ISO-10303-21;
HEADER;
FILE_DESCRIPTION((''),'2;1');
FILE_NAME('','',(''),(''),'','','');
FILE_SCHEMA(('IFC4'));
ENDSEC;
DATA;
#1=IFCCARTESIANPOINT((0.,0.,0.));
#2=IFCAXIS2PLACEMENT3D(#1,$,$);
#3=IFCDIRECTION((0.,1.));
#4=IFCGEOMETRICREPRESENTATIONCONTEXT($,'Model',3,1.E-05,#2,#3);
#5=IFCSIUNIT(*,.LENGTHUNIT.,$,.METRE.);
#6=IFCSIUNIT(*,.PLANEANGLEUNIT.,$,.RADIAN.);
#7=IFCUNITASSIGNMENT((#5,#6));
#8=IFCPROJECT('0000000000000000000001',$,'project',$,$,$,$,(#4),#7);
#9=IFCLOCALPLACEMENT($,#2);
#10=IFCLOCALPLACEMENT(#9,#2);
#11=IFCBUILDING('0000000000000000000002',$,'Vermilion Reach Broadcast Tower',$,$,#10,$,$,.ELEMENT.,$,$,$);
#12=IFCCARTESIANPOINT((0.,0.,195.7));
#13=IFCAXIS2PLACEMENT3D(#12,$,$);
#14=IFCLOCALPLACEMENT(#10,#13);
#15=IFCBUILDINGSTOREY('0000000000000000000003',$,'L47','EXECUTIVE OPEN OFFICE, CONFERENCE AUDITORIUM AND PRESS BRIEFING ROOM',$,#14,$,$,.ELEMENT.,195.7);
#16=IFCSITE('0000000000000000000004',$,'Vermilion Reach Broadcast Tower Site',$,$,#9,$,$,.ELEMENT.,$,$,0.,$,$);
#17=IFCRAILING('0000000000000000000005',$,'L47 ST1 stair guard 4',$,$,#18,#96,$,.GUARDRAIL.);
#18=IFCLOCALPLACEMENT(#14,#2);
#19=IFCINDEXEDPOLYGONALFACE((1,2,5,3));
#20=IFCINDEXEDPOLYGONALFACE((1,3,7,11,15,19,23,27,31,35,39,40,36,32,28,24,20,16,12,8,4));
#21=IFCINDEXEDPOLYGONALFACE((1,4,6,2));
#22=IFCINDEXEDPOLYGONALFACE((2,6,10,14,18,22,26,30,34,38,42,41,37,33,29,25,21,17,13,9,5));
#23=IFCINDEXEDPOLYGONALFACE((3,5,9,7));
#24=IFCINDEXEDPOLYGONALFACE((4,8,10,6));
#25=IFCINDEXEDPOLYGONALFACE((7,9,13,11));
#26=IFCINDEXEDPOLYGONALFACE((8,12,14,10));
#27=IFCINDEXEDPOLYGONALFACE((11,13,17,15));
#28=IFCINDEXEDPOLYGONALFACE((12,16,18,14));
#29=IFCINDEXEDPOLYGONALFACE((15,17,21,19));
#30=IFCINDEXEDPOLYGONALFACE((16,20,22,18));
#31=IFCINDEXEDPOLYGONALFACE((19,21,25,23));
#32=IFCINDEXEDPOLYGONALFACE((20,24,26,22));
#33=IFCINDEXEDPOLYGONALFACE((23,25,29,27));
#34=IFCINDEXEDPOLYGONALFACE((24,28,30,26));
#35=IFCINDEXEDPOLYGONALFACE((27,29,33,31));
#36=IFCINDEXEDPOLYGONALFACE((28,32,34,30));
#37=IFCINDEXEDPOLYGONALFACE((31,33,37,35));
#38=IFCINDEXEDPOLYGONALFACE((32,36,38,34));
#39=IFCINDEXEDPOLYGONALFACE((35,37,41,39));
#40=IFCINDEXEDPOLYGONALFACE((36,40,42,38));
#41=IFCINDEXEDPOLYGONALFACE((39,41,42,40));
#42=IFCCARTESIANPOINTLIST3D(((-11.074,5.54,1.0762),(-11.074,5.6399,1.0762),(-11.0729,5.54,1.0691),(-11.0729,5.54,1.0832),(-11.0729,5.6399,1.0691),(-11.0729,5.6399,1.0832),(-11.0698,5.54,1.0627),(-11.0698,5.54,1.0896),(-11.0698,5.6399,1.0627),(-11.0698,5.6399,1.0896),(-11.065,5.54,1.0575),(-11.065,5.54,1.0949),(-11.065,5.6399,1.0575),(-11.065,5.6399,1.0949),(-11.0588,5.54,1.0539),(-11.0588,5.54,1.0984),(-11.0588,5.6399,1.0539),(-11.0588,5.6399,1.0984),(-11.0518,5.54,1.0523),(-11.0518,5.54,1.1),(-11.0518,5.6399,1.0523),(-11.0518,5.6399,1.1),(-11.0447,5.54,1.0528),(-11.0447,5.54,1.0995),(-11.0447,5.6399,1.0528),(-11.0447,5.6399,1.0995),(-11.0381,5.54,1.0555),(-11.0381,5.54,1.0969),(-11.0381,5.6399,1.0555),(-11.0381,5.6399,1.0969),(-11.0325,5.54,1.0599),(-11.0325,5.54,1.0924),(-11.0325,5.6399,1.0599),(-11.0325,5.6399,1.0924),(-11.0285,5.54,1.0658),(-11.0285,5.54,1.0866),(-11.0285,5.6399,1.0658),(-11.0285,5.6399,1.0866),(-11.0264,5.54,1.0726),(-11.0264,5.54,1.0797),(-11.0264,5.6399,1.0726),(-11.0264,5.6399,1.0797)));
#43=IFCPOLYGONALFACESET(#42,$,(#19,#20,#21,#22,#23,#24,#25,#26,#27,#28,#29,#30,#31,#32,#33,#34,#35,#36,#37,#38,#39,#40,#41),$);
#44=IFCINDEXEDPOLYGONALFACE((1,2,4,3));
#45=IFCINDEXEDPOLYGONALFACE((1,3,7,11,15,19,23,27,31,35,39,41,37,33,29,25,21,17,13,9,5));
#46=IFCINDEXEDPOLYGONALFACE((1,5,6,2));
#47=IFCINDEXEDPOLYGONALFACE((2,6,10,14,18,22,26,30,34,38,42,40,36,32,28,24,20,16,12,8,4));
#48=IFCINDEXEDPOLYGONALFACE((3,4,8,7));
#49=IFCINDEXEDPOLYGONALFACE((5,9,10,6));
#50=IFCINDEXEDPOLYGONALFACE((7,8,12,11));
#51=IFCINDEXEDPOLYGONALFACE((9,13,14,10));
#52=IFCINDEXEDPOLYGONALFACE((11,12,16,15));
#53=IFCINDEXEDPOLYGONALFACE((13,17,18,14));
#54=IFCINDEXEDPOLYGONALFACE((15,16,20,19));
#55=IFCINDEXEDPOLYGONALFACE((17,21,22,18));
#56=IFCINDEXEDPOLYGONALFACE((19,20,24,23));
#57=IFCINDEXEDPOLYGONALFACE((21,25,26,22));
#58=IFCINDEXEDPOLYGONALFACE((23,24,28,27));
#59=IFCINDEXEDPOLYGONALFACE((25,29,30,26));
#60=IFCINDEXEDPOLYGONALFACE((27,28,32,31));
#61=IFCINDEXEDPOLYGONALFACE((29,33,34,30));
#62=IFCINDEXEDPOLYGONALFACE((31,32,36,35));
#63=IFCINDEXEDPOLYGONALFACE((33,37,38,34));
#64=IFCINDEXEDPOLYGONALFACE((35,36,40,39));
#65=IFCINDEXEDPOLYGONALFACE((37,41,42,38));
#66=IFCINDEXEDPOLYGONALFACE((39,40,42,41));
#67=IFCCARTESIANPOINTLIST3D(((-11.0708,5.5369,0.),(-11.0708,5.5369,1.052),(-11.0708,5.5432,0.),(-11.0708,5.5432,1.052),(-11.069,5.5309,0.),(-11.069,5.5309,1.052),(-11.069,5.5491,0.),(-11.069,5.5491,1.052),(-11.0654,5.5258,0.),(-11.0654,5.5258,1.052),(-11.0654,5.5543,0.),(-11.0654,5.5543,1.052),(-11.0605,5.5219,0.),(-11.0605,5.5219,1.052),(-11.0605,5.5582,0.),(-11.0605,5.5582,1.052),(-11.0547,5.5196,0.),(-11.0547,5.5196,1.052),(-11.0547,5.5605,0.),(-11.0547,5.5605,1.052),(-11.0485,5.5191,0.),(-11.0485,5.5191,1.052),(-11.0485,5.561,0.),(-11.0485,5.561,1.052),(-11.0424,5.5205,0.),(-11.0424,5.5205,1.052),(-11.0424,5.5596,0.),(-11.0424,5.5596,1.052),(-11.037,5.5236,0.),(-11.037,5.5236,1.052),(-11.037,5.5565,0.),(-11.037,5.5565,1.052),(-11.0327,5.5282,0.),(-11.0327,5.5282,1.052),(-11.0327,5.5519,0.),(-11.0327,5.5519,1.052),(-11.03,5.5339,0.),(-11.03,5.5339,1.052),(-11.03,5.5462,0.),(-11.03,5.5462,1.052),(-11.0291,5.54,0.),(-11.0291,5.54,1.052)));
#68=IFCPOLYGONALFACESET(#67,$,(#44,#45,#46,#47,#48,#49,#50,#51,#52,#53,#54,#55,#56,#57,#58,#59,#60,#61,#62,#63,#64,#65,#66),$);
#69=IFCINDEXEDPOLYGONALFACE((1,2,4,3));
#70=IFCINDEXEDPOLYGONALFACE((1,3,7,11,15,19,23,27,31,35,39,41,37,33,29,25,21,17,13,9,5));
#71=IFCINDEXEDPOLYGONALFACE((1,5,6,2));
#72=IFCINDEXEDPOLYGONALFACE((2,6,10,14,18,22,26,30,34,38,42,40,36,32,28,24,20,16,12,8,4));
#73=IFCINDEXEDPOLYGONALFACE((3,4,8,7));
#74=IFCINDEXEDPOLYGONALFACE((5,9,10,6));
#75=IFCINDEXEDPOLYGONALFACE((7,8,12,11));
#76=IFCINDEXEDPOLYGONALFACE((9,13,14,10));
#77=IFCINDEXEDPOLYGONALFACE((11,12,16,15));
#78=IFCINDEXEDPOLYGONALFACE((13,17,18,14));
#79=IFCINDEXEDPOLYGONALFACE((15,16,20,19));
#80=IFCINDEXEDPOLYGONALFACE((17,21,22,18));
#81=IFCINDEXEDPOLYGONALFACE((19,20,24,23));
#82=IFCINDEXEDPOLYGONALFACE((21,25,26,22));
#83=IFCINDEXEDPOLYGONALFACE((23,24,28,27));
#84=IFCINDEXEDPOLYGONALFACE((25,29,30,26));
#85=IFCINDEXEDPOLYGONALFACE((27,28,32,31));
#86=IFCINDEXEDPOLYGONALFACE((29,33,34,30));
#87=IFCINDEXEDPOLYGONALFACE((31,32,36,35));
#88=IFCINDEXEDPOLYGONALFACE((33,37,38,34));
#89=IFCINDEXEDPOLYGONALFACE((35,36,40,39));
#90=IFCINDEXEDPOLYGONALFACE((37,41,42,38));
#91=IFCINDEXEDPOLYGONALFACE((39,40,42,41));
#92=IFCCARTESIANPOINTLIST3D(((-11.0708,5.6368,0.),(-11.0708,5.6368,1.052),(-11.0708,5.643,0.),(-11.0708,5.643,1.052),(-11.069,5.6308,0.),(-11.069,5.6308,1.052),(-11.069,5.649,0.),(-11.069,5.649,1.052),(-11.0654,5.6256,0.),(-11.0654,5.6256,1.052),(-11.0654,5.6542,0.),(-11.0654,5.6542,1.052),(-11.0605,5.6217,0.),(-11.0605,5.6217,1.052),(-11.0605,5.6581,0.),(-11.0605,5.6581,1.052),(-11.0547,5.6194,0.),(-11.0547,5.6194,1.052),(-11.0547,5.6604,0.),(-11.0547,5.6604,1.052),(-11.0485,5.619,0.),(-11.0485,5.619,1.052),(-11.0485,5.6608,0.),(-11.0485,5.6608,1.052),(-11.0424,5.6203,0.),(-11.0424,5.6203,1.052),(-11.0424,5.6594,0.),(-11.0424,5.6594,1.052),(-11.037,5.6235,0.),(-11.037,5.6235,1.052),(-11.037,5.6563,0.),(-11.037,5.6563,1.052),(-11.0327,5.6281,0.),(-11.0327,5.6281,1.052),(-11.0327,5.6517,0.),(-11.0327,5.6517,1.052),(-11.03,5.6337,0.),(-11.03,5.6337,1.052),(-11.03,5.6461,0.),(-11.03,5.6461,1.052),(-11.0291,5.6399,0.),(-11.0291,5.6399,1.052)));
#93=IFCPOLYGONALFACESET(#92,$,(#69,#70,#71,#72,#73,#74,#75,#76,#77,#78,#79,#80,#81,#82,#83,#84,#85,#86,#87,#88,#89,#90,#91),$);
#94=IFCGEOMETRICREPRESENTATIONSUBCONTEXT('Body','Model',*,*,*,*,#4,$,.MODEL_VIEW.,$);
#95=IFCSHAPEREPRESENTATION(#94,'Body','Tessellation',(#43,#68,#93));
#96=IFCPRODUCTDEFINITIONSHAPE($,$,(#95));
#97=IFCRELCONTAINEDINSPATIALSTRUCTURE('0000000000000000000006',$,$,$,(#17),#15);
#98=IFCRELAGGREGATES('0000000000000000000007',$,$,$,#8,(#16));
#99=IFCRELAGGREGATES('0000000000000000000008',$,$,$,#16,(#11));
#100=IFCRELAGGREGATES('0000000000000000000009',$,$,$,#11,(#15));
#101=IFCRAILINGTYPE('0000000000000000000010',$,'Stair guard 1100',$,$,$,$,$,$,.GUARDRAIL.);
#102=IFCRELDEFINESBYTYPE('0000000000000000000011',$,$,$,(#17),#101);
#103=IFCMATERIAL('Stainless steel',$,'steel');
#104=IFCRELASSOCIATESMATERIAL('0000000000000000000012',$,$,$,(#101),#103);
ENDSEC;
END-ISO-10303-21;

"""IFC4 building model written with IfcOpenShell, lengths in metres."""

from ifc_helpers import new_model, si_unit, direction, frame, origin, origin_2d, place, context, subcontext, project, spatial, circle, extrude, material, type_object, element, save


model = new_model("IFC4")

# Units and contexts
model_context = context("Model", 3, precision=1e-05, world=origin(), true_north=direction((0.0, 1.0)))
body_context = subcontext(model_context, "Body", "Model", "MODEL_VIEW")
ifc_project = project(units=[si_unit("LENGTHUNIT", "METRE"), si_unit("PLANEANGLEUNIT", "RADIAN")], contexts=[model_context])

# Site, building, storey
site_placement = place(None, origin())
site = spatial("IfcSite", under=ifc_project, at=site_placement, Name="Vermilion Reach Broadcast Tower Site", CompositionType="ELEMENT", RefElevation=0.0)
building_placement = place(site_placement, origin())
building = spatial("IfcBuilding", under=site, at=building_placement, Name="Vermilion Reach Broadcast Tower", CompositionType="ELEMENT")
storey_placement = place(building_placement, frame((0.0, 0.0, 195.7)))
storey = spatial("IfcBuildingStorey", under=building, at=storey_placement, Name="L47", Description="EXECUTIVE OPEN OFFICE, CONFERENCE AUDITORIUM AND PRESS BRIEFING ROOM", CompositionType="ELEMENT", Elevation=195.7)

# Railing
ifc_material_1 = material(Name="Stainless steel", Category="steel")
railing_type_1 = type_object("IfcRailingType", Name="Stair guard 1100", PredefinedType="GUARDRAIL", material=ifc_material_1)
railing_1_placement = place(storey_placement, frame((-11.05, 5.54, 0.0)))
element("IfcRailing", 1, at=railing_1_placement, inside=storey, type_object=railing_type_1, Name="L47 ST1 stair guard 4", PredefinedType="GUARDRAIL", context=body_context, shape_type="SweptSolid", body=[
    extrude(circle(Radius=0.0239, at=origin_2d()), frame((0.0, 0.0, 1.0762), z_axis=(0.0, 1.0, 0.0), x_axis=(-1.0, 0.0, 0.0)), (0.0, 0.0, 1.0), 0.0999),
    extrude(circle(Radius=0.021, at=origin_2d()), origin(), (0.0, 0.0, 1.0), 1.052),
    extrude(circle(Radius=0.021, at=origin_2d()), frame((0.0, 0.0999, 0.0)), (0.0, 0.0, 1.0), 1.052),
])

save(model, "model.ifc")
